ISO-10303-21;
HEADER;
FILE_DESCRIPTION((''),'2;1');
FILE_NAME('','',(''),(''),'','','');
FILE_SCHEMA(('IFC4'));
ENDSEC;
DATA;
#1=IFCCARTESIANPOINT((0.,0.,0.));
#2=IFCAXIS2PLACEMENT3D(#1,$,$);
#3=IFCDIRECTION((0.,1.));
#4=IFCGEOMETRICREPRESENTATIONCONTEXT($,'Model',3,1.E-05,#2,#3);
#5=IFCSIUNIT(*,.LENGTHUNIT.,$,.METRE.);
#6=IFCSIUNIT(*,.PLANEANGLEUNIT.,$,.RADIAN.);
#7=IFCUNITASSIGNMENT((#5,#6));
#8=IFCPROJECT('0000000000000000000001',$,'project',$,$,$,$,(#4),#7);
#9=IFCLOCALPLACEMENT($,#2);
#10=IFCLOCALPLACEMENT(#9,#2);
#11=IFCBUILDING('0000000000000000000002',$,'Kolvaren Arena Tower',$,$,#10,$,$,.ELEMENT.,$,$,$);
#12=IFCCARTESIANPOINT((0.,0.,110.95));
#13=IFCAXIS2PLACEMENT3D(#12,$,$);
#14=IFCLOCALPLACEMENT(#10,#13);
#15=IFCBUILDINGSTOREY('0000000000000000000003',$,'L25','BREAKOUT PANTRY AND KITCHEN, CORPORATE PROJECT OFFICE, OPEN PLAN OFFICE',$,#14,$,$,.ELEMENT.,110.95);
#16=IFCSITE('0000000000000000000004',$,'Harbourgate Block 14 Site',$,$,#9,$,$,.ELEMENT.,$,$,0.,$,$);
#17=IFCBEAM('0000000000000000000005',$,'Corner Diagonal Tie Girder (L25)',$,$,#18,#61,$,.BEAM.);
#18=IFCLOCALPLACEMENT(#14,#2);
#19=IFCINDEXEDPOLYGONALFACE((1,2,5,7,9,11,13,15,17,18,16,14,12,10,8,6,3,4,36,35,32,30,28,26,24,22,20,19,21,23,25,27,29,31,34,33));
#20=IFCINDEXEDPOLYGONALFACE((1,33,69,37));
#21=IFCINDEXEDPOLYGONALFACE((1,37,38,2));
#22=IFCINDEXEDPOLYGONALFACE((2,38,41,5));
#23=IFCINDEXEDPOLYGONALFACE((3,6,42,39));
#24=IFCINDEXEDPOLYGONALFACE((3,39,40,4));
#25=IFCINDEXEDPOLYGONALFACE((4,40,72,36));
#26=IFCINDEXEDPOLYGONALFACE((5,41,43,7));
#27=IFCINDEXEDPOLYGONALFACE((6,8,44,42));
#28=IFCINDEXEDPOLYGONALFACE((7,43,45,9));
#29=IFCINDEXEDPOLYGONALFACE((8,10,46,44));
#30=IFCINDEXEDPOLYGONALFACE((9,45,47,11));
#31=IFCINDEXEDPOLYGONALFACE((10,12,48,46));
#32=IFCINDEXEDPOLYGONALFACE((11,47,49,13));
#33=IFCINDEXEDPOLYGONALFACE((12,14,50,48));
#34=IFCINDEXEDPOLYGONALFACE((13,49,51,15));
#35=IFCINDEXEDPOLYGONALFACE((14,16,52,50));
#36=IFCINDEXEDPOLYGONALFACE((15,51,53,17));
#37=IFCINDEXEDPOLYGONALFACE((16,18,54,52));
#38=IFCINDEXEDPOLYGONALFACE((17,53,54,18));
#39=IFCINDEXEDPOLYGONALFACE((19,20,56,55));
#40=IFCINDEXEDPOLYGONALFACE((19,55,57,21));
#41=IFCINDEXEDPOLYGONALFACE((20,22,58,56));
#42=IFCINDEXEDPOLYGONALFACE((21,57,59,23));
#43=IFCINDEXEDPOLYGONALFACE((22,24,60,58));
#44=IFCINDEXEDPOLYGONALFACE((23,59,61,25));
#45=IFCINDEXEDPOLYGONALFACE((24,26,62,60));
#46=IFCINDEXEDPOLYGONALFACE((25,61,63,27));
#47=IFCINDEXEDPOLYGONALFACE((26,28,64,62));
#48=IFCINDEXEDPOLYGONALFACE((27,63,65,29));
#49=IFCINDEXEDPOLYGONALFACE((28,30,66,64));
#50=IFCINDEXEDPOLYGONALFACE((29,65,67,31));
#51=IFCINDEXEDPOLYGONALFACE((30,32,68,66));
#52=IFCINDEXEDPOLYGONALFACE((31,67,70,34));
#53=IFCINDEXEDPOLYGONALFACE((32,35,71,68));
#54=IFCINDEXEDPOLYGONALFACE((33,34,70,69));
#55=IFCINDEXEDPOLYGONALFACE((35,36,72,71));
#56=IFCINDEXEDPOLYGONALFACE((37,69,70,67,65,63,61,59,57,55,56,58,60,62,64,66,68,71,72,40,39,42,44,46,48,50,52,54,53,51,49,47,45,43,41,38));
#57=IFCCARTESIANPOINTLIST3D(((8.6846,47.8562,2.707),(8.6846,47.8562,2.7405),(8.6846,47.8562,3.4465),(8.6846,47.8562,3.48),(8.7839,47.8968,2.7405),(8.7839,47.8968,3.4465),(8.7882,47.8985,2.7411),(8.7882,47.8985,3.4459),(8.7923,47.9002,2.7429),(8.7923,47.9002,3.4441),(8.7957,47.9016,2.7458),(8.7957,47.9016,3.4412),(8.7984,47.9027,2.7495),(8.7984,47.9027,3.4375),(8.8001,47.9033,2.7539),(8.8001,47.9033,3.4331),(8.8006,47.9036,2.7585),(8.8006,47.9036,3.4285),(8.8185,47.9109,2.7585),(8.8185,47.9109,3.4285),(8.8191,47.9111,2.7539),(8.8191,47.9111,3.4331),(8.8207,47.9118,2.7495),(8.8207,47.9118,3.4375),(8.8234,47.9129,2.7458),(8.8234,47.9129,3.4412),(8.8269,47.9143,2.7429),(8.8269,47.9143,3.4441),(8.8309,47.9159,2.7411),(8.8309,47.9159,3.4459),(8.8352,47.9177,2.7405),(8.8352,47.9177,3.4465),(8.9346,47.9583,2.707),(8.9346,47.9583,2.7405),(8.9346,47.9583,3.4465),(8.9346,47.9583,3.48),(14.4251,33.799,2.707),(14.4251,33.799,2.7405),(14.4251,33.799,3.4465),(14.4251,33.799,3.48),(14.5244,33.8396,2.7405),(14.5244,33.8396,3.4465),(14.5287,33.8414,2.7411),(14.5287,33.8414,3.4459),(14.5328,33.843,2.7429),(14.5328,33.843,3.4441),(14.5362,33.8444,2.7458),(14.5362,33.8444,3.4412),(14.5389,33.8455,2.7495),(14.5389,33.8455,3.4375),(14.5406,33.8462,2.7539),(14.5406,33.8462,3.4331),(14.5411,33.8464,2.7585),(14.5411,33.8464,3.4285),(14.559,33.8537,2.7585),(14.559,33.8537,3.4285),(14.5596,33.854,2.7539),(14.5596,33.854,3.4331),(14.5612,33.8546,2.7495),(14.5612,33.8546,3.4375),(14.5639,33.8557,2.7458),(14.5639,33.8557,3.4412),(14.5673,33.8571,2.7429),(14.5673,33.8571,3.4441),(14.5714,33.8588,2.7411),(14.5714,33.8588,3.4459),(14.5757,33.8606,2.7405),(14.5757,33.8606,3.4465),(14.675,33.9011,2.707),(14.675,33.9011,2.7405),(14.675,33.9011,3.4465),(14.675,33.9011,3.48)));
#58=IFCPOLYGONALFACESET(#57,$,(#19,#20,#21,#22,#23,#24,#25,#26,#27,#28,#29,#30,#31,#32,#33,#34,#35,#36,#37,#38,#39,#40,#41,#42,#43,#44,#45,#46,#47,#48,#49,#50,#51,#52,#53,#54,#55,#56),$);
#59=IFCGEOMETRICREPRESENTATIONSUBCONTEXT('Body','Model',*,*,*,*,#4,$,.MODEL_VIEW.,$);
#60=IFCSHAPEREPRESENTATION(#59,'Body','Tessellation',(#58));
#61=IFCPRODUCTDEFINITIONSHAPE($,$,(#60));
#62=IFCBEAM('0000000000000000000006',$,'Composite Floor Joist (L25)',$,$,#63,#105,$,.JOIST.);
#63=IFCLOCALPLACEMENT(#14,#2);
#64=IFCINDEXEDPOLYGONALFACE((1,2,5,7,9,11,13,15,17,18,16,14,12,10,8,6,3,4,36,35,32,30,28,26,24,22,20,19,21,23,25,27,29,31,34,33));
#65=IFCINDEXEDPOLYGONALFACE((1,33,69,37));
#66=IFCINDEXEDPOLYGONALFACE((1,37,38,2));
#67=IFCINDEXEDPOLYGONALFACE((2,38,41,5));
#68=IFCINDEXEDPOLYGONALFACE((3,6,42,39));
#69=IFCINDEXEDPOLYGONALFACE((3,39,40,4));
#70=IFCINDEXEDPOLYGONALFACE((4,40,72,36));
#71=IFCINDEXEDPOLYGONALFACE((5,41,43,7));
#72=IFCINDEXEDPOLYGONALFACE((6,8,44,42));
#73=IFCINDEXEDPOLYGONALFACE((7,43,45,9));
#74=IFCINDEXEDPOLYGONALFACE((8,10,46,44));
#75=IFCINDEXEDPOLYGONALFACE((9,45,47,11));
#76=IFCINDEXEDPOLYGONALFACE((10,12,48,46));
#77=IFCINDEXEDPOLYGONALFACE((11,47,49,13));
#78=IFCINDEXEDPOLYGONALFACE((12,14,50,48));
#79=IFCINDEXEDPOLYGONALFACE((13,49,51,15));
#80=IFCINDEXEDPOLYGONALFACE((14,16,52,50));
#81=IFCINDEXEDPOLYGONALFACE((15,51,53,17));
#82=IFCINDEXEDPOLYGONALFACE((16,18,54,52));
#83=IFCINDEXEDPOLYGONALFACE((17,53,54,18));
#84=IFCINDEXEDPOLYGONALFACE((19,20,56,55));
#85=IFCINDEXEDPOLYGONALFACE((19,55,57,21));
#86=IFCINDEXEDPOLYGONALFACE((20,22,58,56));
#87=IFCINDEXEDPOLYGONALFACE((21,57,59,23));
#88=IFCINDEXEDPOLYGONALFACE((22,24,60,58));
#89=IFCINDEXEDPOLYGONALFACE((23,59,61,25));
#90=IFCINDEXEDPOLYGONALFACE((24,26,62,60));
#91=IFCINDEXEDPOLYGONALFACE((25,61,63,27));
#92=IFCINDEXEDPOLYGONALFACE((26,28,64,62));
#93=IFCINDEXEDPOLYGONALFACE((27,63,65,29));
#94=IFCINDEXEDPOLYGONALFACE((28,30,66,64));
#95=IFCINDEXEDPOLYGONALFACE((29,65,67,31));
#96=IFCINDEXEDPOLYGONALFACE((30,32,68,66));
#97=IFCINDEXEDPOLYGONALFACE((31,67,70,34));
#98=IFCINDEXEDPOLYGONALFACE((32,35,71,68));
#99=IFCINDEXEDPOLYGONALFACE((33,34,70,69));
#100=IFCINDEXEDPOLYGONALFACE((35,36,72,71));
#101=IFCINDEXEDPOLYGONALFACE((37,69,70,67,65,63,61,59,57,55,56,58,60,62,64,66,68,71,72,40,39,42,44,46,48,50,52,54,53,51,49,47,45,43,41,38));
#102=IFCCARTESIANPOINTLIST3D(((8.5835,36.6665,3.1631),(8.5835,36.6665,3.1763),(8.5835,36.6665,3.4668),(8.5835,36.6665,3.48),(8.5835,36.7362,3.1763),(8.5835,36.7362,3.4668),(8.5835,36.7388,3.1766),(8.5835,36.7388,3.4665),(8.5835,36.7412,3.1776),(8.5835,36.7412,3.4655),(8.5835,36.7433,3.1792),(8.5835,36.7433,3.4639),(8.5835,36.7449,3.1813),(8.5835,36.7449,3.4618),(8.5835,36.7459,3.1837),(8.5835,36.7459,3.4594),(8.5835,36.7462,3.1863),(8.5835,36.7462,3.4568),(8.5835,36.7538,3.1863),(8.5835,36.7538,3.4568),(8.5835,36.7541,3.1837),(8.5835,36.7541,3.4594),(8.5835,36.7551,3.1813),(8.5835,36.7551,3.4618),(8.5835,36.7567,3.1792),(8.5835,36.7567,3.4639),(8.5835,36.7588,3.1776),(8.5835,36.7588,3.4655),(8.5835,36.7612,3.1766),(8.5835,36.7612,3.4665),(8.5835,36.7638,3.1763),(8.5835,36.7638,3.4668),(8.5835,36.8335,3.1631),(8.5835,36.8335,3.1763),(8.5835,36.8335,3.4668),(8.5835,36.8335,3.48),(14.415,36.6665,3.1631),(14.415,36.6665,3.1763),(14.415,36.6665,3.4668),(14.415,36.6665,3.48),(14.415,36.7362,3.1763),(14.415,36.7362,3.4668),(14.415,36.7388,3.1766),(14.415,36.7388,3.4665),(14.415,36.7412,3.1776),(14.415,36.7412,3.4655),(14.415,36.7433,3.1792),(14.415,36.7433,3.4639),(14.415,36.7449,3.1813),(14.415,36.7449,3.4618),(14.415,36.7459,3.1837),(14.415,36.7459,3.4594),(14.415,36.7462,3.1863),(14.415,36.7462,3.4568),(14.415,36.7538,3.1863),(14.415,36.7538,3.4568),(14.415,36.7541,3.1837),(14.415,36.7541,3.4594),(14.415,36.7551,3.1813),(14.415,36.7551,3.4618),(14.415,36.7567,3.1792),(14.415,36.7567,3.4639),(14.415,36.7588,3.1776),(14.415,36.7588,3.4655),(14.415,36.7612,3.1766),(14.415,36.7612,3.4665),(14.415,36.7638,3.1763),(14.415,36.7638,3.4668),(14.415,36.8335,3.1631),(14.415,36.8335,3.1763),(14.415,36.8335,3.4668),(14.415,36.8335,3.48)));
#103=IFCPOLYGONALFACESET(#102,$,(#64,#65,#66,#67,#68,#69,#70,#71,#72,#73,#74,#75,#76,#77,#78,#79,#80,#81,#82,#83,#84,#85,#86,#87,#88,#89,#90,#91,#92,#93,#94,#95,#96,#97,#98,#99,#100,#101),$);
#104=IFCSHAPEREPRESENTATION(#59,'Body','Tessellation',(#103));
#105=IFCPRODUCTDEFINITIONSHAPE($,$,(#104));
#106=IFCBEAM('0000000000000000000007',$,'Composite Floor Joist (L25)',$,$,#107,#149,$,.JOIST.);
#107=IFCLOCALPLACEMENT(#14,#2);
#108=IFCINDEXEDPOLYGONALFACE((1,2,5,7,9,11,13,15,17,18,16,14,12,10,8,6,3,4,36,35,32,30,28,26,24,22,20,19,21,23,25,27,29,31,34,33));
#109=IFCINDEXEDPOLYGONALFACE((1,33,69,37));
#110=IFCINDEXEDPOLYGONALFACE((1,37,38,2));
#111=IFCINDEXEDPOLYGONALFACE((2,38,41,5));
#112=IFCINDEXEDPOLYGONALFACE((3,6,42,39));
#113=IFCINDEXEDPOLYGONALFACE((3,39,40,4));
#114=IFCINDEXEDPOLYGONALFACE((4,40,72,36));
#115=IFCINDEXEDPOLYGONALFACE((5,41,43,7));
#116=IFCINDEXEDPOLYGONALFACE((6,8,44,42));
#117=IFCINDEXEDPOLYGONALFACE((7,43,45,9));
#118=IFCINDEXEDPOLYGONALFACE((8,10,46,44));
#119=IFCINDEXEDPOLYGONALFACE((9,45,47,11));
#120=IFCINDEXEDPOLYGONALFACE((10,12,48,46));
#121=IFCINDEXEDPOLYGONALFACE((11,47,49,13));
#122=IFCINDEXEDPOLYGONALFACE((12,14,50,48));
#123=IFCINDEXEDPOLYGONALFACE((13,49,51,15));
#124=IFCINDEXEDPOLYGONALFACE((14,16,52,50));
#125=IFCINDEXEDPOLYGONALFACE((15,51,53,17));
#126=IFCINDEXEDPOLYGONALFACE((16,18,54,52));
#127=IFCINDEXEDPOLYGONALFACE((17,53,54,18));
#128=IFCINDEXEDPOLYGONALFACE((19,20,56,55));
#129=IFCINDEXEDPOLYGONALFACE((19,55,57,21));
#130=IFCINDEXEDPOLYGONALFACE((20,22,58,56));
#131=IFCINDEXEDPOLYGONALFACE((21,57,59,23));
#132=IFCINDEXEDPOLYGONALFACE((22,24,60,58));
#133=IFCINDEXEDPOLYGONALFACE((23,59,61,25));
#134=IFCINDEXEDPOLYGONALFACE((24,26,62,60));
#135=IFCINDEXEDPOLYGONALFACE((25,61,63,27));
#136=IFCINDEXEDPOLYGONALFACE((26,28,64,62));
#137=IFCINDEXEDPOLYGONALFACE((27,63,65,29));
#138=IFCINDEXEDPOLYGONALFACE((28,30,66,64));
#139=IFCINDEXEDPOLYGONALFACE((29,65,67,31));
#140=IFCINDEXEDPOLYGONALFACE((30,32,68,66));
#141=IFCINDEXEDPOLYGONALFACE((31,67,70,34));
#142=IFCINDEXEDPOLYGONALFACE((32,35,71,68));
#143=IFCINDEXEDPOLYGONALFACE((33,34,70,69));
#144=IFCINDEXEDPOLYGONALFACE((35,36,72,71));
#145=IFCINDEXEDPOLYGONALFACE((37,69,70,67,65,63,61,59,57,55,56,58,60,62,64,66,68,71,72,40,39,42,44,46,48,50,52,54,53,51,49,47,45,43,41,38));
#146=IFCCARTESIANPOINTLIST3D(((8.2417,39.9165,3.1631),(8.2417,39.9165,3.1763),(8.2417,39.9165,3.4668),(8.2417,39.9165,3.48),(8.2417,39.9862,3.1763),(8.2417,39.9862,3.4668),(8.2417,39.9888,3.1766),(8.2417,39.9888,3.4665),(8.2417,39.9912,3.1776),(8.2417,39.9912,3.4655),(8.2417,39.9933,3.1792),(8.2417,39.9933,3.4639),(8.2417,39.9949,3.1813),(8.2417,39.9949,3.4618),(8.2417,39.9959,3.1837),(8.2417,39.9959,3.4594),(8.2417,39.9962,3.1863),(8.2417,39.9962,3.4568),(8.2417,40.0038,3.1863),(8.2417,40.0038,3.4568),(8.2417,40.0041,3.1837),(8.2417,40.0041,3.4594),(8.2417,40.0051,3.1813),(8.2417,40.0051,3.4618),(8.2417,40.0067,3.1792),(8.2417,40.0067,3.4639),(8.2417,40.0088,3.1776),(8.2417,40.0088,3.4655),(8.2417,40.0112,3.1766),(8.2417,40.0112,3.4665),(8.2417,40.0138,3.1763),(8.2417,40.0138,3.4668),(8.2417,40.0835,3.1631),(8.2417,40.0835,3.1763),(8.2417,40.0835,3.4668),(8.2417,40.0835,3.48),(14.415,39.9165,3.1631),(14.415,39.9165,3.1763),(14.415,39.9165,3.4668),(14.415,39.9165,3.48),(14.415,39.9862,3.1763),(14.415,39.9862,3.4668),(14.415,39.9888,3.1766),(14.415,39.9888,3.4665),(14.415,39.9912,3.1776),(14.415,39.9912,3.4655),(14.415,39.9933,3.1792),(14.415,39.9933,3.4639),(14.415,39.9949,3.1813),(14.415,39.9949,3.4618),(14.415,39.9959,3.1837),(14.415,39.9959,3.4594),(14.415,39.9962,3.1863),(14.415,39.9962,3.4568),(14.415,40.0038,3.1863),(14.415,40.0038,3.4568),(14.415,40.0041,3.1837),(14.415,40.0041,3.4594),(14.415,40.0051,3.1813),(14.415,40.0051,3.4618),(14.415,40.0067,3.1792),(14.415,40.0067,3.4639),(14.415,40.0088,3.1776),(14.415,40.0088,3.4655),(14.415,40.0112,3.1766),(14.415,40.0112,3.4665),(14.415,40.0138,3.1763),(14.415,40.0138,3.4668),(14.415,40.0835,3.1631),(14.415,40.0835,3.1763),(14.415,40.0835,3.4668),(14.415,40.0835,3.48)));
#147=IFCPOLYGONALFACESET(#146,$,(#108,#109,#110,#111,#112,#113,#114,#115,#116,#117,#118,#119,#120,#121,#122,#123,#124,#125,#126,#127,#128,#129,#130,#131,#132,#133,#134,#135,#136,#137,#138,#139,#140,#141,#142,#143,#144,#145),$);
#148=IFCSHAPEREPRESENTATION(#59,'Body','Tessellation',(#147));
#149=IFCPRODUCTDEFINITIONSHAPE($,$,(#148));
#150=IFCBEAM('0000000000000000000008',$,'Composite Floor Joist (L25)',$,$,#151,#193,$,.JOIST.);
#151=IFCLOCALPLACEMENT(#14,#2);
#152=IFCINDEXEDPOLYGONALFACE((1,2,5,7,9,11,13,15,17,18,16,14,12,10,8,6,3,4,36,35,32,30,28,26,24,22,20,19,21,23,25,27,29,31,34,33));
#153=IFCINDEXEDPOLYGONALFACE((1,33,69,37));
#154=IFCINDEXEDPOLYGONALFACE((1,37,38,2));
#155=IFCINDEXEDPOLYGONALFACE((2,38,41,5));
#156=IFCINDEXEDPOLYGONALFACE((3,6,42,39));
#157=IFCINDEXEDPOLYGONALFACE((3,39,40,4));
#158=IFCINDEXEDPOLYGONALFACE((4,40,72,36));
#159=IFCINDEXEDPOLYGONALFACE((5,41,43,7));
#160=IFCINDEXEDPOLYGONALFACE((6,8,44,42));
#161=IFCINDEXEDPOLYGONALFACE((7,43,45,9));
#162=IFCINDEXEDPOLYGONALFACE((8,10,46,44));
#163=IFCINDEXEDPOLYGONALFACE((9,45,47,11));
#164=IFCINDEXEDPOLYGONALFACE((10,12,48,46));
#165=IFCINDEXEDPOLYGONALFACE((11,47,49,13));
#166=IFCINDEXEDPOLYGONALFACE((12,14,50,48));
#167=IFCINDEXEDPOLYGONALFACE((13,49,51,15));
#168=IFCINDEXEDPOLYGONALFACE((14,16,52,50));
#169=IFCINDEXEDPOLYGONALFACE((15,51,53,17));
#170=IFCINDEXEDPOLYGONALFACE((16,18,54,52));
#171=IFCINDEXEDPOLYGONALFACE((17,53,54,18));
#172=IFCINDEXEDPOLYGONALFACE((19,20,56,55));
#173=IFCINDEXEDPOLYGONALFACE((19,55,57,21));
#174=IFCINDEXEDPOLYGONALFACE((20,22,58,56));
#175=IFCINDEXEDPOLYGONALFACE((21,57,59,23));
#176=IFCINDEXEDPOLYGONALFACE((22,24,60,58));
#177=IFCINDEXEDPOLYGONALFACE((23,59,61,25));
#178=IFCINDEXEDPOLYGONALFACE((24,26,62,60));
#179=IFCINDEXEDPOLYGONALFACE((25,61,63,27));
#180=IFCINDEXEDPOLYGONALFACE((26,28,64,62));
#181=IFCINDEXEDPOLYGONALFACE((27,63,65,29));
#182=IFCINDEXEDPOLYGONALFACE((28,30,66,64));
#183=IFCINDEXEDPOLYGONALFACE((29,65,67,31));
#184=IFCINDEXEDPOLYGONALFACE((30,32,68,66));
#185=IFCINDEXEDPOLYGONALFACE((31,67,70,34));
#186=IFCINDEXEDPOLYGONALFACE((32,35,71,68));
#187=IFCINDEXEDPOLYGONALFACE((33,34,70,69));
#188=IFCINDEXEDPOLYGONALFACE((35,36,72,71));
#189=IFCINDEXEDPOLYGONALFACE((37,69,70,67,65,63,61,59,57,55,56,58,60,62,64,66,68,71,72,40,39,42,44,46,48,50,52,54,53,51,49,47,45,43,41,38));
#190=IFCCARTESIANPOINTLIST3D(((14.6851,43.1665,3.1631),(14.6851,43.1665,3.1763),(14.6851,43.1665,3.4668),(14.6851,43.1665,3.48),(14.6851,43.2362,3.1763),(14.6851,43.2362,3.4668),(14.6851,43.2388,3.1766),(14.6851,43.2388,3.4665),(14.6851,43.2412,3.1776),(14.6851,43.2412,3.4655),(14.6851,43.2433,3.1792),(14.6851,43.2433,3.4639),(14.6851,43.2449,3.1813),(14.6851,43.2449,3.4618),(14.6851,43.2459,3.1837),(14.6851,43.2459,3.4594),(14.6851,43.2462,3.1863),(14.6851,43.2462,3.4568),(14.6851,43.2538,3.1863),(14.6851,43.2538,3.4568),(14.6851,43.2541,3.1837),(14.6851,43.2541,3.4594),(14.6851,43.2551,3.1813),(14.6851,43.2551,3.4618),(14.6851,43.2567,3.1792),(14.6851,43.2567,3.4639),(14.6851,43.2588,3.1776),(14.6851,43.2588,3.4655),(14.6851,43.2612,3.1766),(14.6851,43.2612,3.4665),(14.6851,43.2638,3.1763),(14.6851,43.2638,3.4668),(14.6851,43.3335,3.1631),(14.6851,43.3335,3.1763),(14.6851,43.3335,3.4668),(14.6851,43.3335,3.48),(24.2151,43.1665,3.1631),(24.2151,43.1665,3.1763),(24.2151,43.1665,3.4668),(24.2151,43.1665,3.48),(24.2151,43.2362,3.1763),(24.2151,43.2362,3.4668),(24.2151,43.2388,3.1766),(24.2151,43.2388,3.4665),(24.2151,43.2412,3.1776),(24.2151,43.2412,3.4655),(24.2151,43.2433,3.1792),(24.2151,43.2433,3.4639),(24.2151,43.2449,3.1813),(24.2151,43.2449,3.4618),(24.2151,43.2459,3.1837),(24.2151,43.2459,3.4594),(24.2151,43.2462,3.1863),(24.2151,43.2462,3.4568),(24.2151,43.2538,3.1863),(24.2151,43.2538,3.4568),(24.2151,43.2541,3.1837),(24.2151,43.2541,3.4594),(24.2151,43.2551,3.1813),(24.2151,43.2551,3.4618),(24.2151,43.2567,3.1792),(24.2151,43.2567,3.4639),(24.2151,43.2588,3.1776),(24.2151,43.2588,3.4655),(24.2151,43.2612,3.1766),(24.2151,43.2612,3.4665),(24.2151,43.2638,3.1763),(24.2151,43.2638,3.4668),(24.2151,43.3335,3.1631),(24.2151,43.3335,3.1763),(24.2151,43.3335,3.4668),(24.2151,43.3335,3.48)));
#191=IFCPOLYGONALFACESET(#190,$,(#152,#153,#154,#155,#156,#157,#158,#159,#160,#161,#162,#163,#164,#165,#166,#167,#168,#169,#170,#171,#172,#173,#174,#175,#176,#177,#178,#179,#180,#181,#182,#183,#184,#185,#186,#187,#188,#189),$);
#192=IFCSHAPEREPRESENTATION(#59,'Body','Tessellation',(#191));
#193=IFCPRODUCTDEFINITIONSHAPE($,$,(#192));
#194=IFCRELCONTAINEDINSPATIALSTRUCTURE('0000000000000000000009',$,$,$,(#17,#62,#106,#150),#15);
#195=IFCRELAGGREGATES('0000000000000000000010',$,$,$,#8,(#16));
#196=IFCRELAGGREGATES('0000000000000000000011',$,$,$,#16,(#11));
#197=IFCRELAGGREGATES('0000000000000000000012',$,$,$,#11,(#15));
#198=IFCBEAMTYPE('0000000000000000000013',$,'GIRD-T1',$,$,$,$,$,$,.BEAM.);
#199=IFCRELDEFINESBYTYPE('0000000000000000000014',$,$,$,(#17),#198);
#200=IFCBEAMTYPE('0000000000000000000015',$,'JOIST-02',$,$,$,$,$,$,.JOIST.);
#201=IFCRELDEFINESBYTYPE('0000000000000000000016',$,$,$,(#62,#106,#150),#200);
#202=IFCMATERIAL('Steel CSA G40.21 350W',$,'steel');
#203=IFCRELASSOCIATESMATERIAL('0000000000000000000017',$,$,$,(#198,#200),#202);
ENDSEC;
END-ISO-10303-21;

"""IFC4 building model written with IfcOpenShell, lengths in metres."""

from ifc_helpers import new_model, si_unit, direction, frame, origin, origin_2d, place, context, subcontext, project, spatial, i_section, extrude, material, material_profile, profile_set, type_object, element, save


model = new_model("IFC4")

# Units and contexts
model_context = context("Model", 3, precision=1e-05, world=origin(), true_north=direction((0.0, 1.0)))
body_context = subcontext(model_context, "Body", "Model", "MODEL_VIEW")
ifc_project = project(units=[si_unit("LENGTHUNIT", "METRE"), si_unit("PLANEANGLEUNIT", "RADIAN")], contexts=[model_context])

# Site, building, storey
site_placement = place(None, origin())
site = spatial("IfcSite", under=ifc_project, at=site_placement, Name="Harbourgate Block 14 Site", CompositionType="ELEMENT", RefElevation=0.0)
building_placement = place(site_placement, origin())
building = spatial("IfcBuilding", under=site, at=building_placement, Name="Kolvaren Arena Tower", CompositionType="ELEMENT")
storey_placement = place(building_placement, frame((0.0, 0.0, 110.95)))
storey = spatial("IfcBuildingStorey", under=building, at=storey_placement, Name="L25", Description="BREAKOUT PANTRY AND KITCHEN, CORPORATE PROJECT OFFICE, OPEN PLAN OFFICE", CompositionType="ELEMENT", Elevation=110.95)

# Beams
ifc_material_1 = material(Name="Steel CSA G40.21 350W", Category="steel")
ifc_material_profile_1 = material_profile(ifc_material_1, i_section(OverallWidth=0.27, OverallDepth=0.7729, WebThickness=0.0193, FlangeThickness=0.0334, FilletRadius=0.0181, at=origin_2d()), Name="W760x257")
ifc_profile_set_1 = profile_set([ifc_material_profile_1], Name="Steel CSA G40.21 350W")
beam_type_1 = type_object("IfcBeamType", Name="GIRD-T1", PredefinedType="BEAM", material=ifc_profile_set_1)
beam_1_placement = place(storey_placement, frame((8.8096, 47.9072, 3.0935), z_axis=(0.378059, -0.925781, 0.0), x_axis=(0.925781, 0.378059, 0.0)))
element("IfcBeam", 1, at=beam_1_placement, inside=storey, type_object=beam_type_1, Name="Corner Diagonal Tie Girder (L25)", PredefinedType="BEAM", context=body_context, shape_type="SweptSolid", body=[
    extrude(i_section(OverallWidth=0.27, OverallDepth=0.7729, WebThickness=0.0193, FlangeThickness=0.0334, FilletRadius=0.0181, at=origin_2d()), origin(), (0.0, 0.0, 1.0), 15.1841),
])
ifc_material_profile_2 = material_profile(ifc_material_1, i_section(OverallWidth=0.167, OverallDepth=0.3169, WebThickness=0.0076, FlangeThickness=0.0132, FilletRadius=0.01, at=origin_2d()), Name="W310x52")
ifc_profile_set_2 = profile_set([ifc_material_profile_2], Name="Steel CSA G40.21 350W")
beam_type_2 = type_object("IfcBeamType", Name="JOIST-02", PredefinedType="JOIST", material=ifc_profile_set_2)
beam_2_placement = place(storey_placement, frame((8.5835, 36.75, 3.3215), z_axis=(1.0, 0.0, 0.0), x_axis=(0.0, 1.0, 0.0)))
element("IfcBeam", 2, at=beam_2_placement, inside=storey, type_object=beam_type_2, Name="Composite Floor Joist (L25)", PredefinedType="JOIST", context=body_context, shape_type="SweptSolid", body=[
    extrude(i_section(OverallWidth=0.167, OverallDepth=0.3169, WebThickness=0.0076, FlangeThickness=0.0132, FilletRadius=0.01, at=origin_2d()), origin(), (0.0, 0.0, 1.0), 5.8315),
])
beam_3_placement = place(storey_placement, frame((8.2417, 40.0, 3.3215), z_axis=(1.0, 0.0, 0.0), x_axis=(0.0, 1.0, 0.0)))
element("IfcBeam", 3, at=beam_3_placement, inside=storey, type_object=beam_type_2, Name="Composite Floor Joist (L25)", PredefinedType="JOIST", context=body_context, shape_type="SweptSolid", body=[
    extrude(i_section(OverallWidth=0.167, OverallDepth=0.3169, WebThickness=0.0076, FlangeThickness=0.0132, FilletRadius=0.01, at=origin_2d()), origin(), (0.0, 0.0, 1.0), 6.1733),
])
beam_4_placement = place(storey_placement, frame((14.6851, 43.25, 3.3215), z_axis=(1.0, 0.0, 0.0), x_axis=(0.0, 1.0, 0.0)))
element("IfcBeam", 4, at=beam_4_placement, inside=storey, type_object=beam_type_2, Name="Composite Floor Joist (L25)", PredefinedType="JOIST", context=body_context, shape_type="SweptSolid", body=[
    extrude(i_section(OverallWidth=0.167, OverallDepth=0.3169, WebThickness=0.0076, FlangeThickness=0.0132, FilletRadius=0.01, at=origin_2d()), origin(), (0.0, 0.0, 1.0), 9.53),
])

save(model, "model.ifc")
